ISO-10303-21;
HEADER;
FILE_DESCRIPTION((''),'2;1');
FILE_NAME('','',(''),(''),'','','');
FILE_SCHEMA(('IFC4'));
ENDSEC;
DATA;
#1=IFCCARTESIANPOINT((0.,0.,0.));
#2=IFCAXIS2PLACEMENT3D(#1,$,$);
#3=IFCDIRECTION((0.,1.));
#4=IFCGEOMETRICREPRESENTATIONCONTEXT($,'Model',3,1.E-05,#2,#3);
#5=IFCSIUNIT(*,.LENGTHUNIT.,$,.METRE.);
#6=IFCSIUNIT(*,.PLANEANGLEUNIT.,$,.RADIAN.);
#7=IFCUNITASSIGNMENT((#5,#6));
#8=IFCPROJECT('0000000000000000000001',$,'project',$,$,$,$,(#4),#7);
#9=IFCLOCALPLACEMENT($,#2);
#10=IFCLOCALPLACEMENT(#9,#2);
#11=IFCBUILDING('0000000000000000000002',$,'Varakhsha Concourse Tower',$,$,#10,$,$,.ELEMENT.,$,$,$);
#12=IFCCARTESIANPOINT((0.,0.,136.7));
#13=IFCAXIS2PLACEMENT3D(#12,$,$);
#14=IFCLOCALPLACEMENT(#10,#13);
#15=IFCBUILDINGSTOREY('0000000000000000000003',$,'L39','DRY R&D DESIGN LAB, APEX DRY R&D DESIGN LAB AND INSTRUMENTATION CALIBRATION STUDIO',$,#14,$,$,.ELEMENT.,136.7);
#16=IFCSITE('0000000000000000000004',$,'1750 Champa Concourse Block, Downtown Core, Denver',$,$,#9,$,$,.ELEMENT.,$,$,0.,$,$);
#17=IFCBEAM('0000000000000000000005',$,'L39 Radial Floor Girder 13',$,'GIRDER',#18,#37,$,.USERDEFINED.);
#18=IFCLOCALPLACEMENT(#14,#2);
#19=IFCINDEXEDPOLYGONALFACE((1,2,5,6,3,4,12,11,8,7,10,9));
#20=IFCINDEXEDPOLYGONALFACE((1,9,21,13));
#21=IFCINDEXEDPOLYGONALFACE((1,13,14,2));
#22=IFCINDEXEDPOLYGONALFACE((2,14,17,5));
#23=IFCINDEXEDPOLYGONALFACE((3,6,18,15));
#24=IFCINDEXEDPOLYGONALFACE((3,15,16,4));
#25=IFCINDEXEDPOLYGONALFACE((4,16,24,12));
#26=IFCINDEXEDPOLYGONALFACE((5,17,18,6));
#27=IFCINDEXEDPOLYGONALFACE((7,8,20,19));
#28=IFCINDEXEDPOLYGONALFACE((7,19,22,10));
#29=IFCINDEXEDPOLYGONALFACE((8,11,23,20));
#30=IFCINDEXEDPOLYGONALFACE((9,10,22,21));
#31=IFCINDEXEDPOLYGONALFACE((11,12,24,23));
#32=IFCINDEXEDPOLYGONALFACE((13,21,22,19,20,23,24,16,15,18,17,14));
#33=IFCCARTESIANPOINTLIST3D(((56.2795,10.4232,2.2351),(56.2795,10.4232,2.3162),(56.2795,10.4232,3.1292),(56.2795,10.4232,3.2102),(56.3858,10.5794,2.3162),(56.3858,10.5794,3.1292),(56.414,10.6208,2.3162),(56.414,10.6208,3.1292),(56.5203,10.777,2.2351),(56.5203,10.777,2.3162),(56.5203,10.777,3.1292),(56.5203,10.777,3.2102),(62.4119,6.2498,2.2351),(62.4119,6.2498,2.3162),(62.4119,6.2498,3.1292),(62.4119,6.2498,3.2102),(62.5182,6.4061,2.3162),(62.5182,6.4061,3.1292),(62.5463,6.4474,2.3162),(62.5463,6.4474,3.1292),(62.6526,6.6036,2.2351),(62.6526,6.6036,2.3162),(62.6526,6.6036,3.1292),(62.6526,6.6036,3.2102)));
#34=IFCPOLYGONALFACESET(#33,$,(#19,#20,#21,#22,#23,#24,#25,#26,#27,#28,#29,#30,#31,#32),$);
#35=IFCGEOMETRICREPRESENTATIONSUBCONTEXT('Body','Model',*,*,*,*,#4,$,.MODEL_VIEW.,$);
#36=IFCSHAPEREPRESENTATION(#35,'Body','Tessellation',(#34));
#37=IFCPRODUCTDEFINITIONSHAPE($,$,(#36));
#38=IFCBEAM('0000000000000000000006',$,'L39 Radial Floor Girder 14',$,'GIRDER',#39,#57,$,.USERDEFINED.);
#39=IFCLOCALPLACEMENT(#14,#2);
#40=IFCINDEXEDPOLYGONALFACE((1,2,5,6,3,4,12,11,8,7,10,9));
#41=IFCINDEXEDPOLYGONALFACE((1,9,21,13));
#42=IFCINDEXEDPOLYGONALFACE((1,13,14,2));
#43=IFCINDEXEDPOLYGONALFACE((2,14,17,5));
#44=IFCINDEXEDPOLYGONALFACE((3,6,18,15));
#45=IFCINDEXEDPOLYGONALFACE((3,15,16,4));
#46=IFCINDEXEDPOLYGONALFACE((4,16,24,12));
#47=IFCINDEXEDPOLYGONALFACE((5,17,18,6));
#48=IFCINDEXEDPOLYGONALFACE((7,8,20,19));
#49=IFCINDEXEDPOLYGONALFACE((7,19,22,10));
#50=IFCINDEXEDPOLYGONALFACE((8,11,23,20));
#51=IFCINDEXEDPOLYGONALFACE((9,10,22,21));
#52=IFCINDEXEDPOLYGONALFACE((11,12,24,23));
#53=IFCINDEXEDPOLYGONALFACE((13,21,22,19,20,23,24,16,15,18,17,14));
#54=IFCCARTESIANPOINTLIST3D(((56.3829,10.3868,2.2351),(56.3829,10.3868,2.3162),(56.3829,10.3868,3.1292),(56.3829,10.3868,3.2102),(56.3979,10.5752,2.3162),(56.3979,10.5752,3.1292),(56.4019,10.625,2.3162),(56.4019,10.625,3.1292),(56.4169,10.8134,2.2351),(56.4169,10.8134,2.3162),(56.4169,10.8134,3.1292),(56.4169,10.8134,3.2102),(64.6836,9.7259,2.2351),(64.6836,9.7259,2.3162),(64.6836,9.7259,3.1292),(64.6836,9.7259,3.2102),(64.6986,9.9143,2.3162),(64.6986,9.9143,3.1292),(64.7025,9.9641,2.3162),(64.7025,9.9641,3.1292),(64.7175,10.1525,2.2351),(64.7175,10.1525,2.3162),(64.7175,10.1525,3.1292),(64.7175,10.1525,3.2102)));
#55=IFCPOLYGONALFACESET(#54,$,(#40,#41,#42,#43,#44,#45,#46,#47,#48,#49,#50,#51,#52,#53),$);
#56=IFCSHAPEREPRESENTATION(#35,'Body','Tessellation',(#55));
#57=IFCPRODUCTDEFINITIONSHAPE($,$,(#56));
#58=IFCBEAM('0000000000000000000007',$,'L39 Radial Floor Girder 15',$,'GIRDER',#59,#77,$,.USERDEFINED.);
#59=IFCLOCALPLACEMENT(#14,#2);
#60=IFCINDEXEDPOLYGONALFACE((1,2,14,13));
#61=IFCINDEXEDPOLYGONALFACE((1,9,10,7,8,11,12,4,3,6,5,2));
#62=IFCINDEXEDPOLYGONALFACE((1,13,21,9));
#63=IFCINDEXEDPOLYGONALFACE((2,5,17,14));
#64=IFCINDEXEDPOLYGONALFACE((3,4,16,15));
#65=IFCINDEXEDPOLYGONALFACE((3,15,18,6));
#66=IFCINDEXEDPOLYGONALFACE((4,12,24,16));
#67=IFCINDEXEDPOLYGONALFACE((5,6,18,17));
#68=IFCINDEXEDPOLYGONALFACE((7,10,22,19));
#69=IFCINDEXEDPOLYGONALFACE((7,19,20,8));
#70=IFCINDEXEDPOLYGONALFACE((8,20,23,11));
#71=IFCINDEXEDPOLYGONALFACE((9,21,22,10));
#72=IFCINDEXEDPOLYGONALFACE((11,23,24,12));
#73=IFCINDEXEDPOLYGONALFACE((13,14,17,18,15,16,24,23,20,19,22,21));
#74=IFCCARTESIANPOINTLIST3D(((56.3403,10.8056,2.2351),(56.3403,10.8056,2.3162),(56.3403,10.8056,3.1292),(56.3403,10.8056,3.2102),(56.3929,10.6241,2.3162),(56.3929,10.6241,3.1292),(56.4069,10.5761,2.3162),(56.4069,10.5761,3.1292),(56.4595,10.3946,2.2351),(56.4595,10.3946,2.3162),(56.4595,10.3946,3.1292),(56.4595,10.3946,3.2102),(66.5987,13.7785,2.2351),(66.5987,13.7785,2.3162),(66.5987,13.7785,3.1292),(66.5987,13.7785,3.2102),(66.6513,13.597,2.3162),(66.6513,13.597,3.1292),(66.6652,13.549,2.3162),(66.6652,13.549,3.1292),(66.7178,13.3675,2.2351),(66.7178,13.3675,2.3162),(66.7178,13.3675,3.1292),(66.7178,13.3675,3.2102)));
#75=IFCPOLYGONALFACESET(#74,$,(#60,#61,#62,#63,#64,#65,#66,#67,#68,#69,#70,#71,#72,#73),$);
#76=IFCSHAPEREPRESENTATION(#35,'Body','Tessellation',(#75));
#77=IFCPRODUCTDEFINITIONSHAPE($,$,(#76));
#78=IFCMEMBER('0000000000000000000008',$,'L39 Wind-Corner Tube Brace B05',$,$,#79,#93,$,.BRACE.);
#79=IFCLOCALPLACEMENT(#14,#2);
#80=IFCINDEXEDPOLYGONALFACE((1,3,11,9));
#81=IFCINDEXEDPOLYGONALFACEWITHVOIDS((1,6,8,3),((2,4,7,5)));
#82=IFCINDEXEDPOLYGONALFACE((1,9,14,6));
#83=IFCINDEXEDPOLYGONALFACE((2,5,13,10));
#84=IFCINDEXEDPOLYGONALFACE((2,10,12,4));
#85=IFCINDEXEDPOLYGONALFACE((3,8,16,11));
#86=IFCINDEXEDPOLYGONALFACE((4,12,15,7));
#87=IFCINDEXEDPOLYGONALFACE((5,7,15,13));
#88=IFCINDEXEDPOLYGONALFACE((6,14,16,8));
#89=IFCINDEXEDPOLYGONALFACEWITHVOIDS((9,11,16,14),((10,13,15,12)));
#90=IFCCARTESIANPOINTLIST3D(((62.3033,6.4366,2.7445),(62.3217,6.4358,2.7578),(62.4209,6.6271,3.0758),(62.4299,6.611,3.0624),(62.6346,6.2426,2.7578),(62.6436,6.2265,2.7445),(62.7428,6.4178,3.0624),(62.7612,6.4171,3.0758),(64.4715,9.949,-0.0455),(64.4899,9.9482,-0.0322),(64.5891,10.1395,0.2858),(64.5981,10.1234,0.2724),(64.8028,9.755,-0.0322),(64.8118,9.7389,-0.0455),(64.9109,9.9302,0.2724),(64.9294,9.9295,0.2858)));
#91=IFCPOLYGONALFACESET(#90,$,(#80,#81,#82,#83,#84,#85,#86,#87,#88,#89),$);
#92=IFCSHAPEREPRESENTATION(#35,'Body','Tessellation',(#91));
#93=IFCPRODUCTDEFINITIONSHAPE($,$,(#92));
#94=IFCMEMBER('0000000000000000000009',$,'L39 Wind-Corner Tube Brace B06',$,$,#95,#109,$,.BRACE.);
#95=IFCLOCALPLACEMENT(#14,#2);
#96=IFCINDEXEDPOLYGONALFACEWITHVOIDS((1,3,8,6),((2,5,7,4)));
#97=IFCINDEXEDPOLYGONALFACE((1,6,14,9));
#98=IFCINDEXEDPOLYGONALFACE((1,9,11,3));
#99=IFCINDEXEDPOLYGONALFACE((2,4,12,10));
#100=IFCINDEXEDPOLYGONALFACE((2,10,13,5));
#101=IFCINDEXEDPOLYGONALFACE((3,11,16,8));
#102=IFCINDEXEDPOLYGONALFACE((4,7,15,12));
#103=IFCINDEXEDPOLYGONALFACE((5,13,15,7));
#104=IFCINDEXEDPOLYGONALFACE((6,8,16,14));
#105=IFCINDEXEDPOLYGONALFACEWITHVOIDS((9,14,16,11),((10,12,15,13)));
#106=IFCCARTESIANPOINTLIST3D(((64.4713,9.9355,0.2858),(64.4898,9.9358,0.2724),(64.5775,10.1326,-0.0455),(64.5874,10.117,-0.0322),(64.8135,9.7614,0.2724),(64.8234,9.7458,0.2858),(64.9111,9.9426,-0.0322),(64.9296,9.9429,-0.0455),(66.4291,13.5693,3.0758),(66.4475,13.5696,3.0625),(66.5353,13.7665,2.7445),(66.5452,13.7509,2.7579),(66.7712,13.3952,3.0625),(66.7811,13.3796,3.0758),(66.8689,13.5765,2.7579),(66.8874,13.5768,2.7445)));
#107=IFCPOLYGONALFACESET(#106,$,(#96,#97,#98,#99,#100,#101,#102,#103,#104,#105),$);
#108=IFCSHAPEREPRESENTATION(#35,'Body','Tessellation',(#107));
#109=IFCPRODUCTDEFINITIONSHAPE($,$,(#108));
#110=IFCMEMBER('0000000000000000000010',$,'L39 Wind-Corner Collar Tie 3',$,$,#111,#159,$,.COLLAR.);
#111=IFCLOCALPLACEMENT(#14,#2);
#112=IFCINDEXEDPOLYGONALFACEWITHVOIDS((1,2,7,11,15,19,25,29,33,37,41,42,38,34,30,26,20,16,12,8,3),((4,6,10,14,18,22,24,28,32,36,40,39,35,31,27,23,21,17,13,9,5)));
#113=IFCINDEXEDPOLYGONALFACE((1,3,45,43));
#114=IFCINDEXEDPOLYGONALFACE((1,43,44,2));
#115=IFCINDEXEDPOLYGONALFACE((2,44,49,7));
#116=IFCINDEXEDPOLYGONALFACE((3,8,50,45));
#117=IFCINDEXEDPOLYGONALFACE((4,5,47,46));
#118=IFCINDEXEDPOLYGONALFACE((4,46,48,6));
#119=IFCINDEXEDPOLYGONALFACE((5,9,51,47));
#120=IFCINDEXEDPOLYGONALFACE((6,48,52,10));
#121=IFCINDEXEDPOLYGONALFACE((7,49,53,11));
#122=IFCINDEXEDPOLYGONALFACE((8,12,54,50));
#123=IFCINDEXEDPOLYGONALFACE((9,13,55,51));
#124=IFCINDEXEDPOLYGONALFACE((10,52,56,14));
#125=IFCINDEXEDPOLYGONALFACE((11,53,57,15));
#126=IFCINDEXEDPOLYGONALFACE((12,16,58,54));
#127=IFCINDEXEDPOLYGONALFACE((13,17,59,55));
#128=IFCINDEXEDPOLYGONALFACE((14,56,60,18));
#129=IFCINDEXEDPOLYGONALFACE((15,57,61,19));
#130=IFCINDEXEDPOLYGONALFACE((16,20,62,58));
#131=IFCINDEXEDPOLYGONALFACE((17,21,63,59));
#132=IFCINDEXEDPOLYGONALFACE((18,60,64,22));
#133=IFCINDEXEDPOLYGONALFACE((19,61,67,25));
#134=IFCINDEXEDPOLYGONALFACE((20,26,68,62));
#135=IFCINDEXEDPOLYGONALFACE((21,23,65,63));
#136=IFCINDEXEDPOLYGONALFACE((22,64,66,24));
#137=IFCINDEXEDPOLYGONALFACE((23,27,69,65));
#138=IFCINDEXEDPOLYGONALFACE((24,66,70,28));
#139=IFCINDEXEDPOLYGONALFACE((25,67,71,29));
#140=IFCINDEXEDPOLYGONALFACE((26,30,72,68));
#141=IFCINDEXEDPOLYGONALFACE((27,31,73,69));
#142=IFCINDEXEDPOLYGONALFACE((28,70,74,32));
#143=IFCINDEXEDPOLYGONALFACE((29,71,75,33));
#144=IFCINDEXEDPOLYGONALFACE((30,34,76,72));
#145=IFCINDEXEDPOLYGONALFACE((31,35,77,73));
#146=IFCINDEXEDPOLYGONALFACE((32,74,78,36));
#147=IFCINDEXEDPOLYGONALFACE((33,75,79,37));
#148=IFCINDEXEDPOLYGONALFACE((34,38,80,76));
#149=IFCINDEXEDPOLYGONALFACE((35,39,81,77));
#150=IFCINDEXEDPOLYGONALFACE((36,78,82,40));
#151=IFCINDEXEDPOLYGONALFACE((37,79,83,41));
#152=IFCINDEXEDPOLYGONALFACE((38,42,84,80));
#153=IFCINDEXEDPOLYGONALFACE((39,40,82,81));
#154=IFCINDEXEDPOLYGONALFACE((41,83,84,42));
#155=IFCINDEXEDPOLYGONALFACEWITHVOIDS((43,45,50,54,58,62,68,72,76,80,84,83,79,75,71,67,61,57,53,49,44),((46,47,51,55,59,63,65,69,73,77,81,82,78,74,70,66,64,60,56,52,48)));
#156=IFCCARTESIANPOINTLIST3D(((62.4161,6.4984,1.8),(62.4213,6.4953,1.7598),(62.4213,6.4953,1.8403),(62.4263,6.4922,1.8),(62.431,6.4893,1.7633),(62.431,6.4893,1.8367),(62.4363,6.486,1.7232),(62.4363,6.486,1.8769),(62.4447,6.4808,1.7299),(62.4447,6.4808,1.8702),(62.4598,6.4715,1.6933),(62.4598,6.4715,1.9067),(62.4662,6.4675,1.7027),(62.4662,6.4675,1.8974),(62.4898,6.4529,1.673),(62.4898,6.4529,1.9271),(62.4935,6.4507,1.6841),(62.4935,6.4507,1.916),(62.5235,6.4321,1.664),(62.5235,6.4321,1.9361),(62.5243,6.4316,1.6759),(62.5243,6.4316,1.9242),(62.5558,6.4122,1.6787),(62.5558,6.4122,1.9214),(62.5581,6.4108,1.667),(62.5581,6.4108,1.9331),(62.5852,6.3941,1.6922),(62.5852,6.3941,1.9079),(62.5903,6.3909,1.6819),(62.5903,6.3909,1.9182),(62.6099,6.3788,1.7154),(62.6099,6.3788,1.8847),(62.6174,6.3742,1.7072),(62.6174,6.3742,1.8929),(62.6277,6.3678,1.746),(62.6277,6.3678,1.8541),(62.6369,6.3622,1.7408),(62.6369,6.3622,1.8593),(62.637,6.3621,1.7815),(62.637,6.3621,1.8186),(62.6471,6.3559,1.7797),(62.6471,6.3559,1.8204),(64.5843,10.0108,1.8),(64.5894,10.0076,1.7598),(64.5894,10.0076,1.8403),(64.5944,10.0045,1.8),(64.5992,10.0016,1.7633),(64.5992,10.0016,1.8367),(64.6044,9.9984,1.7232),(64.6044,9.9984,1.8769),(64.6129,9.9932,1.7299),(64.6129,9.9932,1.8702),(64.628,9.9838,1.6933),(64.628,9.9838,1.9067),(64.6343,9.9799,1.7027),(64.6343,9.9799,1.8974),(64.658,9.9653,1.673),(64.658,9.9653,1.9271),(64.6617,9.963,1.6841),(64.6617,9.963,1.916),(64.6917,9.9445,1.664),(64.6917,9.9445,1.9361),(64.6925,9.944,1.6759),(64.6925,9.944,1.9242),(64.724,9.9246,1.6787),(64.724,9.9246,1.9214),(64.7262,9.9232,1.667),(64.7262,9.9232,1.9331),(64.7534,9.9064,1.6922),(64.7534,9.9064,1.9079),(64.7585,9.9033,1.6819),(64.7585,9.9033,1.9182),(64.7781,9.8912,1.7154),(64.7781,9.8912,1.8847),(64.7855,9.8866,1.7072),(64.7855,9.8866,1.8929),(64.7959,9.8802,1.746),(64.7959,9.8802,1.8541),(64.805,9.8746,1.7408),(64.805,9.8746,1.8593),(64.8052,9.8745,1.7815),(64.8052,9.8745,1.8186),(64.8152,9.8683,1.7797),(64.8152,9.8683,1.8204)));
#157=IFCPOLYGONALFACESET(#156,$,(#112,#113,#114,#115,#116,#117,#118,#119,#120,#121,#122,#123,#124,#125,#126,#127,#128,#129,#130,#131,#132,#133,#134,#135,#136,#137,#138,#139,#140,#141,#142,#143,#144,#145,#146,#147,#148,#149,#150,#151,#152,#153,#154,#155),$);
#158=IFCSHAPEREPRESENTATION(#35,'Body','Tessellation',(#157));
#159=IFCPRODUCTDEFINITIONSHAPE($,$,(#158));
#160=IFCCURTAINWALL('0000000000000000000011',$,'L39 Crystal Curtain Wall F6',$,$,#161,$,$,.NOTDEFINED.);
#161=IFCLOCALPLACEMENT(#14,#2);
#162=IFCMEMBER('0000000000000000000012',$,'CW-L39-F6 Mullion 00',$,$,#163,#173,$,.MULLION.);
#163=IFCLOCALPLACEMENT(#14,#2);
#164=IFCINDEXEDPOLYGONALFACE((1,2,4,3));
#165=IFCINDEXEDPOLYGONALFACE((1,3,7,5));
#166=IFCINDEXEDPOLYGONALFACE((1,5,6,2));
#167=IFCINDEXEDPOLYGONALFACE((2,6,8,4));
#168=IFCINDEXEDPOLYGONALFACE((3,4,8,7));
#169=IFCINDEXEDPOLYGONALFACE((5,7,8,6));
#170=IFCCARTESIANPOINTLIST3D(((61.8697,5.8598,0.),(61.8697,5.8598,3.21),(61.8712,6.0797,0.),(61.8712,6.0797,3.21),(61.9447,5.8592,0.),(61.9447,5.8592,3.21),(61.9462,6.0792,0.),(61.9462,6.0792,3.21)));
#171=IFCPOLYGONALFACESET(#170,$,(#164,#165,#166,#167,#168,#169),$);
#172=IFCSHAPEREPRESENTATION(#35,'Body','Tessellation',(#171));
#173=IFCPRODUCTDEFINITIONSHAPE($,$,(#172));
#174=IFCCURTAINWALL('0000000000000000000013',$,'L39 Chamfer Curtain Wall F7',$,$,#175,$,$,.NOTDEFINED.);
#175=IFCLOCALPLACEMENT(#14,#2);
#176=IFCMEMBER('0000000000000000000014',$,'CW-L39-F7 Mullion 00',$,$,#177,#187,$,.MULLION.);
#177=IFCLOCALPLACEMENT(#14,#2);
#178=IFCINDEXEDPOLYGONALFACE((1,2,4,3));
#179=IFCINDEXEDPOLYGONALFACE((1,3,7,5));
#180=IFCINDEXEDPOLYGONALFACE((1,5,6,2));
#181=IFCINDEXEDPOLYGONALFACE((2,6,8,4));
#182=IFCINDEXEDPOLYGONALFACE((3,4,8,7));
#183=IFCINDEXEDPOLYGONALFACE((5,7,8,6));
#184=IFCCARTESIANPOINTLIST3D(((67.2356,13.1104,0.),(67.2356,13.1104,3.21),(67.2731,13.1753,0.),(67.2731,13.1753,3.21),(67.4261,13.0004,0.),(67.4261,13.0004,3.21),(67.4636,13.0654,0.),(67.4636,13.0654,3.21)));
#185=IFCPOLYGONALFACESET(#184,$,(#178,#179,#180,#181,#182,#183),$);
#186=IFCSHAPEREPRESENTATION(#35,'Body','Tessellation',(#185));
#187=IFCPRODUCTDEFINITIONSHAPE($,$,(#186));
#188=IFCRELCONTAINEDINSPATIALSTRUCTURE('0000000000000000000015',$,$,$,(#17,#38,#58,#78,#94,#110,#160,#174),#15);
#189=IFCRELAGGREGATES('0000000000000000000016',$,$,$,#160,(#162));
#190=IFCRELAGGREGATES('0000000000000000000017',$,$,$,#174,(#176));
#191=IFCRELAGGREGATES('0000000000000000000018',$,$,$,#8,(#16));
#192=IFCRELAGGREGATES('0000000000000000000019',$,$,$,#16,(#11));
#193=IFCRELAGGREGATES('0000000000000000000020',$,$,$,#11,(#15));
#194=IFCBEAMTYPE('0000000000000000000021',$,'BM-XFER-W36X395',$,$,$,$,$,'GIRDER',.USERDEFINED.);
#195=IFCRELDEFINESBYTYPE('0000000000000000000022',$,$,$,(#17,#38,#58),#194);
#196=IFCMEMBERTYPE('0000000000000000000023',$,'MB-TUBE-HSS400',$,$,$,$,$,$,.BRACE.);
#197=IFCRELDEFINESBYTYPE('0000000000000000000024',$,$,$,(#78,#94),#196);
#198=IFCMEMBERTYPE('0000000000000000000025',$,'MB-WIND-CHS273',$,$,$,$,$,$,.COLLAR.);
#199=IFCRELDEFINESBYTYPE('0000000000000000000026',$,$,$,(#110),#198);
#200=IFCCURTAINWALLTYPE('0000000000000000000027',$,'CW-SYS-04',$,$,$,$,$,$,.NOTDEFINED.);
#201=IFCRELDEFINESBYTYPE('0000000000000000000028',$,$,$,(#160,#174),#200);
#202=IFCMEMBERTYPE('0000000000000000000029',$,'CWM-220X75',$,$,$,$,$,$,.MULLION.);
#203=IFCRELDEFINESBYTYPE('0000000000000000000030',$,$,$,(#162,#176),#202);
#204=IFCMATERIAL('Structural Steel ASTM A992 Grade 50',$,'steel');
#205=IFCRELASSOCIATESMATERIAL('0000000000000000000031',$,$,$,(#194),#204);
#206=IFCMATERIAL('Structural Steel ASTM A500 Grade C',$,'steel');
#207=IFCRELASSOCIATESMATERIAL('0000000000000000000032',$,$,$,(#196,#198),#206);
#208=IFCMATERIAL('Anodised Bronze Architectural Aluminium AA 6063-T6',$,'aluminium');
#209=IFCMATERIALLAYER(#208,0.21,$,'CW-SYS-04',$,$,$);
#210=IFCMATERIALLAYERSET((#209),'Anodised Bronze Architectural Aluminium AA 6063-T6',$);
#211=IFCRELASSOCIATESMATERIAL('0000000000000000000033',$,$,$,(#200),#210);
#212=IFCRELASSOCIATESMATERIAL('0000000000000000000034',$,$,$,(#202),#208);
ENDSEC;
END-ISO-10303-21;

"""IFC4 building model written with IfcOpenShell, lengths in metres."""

from ifc_helpers import new_model, si_unit, direction, frame, origin, origin_2d, place, context, subcontext, project, spatial, rectangle, hollow_rectangle, hollow_circle, i_section, extrude, source, transform, mapped, material, layer, layer_set, material_profile, profile_set, type_object, type_shapes, element, aggregate, save


model = new_model("IFC4")

# Units and contexts
model_context = context("Model", 3, precision=1e-05, world=origin(), true_north=direction((0.0, 1.0)))
body_context = subcontext(model_context, "Body", "Model", "MODEL_VIEW")
ifc_project = project(units=[si_unit("LENGTHUNIT", "METRE"), si_unit("PLANEANGLEUNIT", "RADIAN")], contexts=[model_context])

# Site, building, storey
site_placement = place(None, origin())
site = spatial("IfcSite", under=ifc_project, at=site_placement, Name="1750 Champa Concourse Block, Downtown Core, Denver", CompositionType="ELEMENT", RefElevation=0.0)
building_placement = place(site_placement, origin())
building = spatial("IfcBuilding", under=site, at=building_placement, Name="Varakhsha Concourse Tower", CompositionType="ELEMENT")
storey_placement = place(building_placement, frame((0.0, 0.0, 136.7)))
storey = spatial("IfcBuildingStorey", under=building, at=storey_placement, Name="L39", Description="DRY R&D DESIGN LAB, APEX DRY R&D DESIGN LAB AND INSTRUMENTATION CALIBRATION STUDIO", CompositionType="ELEMENT", Elevation=136.7)

# Beams
ifc_material_1 = material(Name="Structural Steel ASTM A992 Grade 50", Category="steel")
ifc_material_profile_1 = material_profile(ifc_material_1, i_section(OverallWidth=0.428, OverallDepth=0.9751, WebThickness=0.05, FlangeThickness=0.0811, at=origin_2d()), Name="W36X395")
ifc_profile_set_1 = profile_set([ifc_material_profile_1], Name="Structural Steel ASTM A992 Grade 50")
beam_type_1 = type_object("IfcBeamType", Name="BM-XFER-W36X395", ElementType="GIRDER", PredefinedType="USERDEFINED", material=ifc_profile_set_1)
beam_1_placement = place(storey_placement, frame((56.3999, 10.6001, 2.7227), z_axis=(0.826716, -0.56262, 0.0), x_axis=(0.56262, 0.826716, 0.0)))
element("IfcBeam", 1, at=beam_1_placement, inside=storey, type_object=beam_type_1, Name="L39 Radial Floor Girder 13", ObjectType="GIRDER", PredefinedType="USERDEFINED", context=body_context, shape_type="SweptSolid", body=[
    extrude(i_section(OverallWidth=0.428, OverallDepth=0.9751, WebThickness=0.05, FlangeThickness=0.0811, at=origin_2d()), origin(), (0.0, 0.0, 1.0), 7.4177),
])
beam_2_placement = place(storey_placement, frame((56.3999, 10.6001, 2.7227), z_axis=(0.996845, -0.079369, 0.0), x_axis=(0.079369, 0.996845, 0.0)))
element("IfcBeam", 2, at=beam_2_placement, inside=storey, type_object=beam_type_1, Name="L39 Radial Floor Girder 14", ObjectType="GIRDER", PredefinedType="USERDEFINED", context=body_context, shape_type="SweptSolid", body=[
    extrude(i_section(OverallWidth=0.428, OverallDepth=0.9751, WebThickness=0.05, FlangeThickness=0.0811, at=origin_2d()), origin(), (0.0, 0.0, 1.0), 8.3269),
])
beam_3_placement = place(storey_placement, frame((56.3999, 10.6001, 2.7227), z_axis=(0.960479, 0.278351, 0.0), x_axis=(-0.278351, 0.960479, 0.0)))
element("IfcBeam", 3, at=beam_3_placement, inside=storey, type_object=beam_type_1, Name="L39 Radial Floor Girder 15", ObjectType="GIRDER", PredefinedType="USERDEFINED", context=body_context, shape_type="SweptSolid", body=[
    extrude(i_section(OverallWidth=0.428, OverallDepth=0.9751, WebThickness=0.05, FlangeThickness=0.0811, at=origin_2d()), origin(), (0.0, 0.0, 1.0), 10.6804),
])

# Members
ifc_material_2 = material(Name="Structural Steel ASTM A500 Grade C", Category="steel")
ifc_material_profile_2 = material_profile(ifc_material_2, hollow_rectangle(XDim=0.3999, YDim=0.3999, WallThickness=0.0161, at=origin_2d()), Name="HSS 400x400x16")
ifc_profile_set_2 = profile_set([ifc_material_profile_2], Name="Structural Steel ASTM A500 Grade C")
member_type_1 = type_object("IfcMemberType", Name="MB-TUBE-HSS400", PredefinedType="BRACE", material=ifc_profile_set_2)
shared_shape_1 = source(origin(), body_context, "Body", "SweptSolid", [
    extrude(hollow_rectangle(XDim=0.3999, YDim=0.3999, WallThickness=0.0161, at=origin_2d()), origin(), (0.0, 0.0, 1.0), 4.9822),
])
type_shapes(member_type_1, [shared_shape_1])
for number, where, z_axis, x_axis, name in (
    (4, (64.7004, 9.9392, 0.1201), (-0.435188, -0.704993, 0.559996), (0.850933, -0.525275, 0.0), "L39 Wind-Corner Tube Brace B05"),
    (5, (64.7004, 9.9392, 0.1201), (0.392957, 0.729365, 0.56001), (-0.880359, 0.474308, 0.0), "L39 Wind-Corner Tube Brace B06"),
):
    element("IfcMember", number, at=place(storey_placement, frame(where, z_axis=z_axis, x_axis=x_axis)), inside=storey, type_object=member_type_1, Name=name, PredefinedType="BRACE", context=body_context, shape_type="MappedRepresentation", body=[
        mapped(shared_shape_1, transform((0.0, 0.0, 0.0), scale=1.0)),
    ])
ifc_material_profile_3 = material_profile(ifc_material_2, hollow_circle(Radius=0.1365, WallThickness=0.012, at=origin_2d()), Name="CHS 273x12")
ifc_profile_set_3 = profile_set([ifc_material_profile_3], Name="Structural Steel ASTM A500 Grade C")
member_type_2 = type_object("IfcMemberType", Name="MB-WIND-CHS273", PredefinedType="COLLAR", material=ifc_profile_set_3)
shared_shape_2 = source(origin(), body_context, "Body", "SweptSolid", [
    extrude(hollow_circle(Radius=0.1365, WallThickness=0.012, at=origin_2d()), origin(), (0.0, 0.0, 1.0), 4.1277),
])
type_shapes(member_type_2, [shared_shape_2])
member_1_placement = place(storey_placement, frame((62.5322, 6.4268, 1.8), z_axis=(0.525275, 0.850933, 0.0), x_axis=(-0.850933, 0.525275, 0.0)))
element("IfcMember", 6, at=member_1_placement, inside=storey, type_object=member_type_2, Name="L39 Wind-Corner Collar Tie 3", PredefinedType="COLLAR", context=body_context, shape_type="MappedRepresentation", body=[
    mapped(shared_shape_2, transform((0.0, 0.0, 0.0), scale=1.0)),
])

# Curtain wall, member
ifc_material_3 = material(Name="Anodised Bronze Architectural Aluminium AA 6063-T6", Category="aluminium")
ifc_layer_1 = layer(ifc_material_3, 0.21, Name="CW-SYS-04")
ifc_layer_set_1 = layer_set([ifc_layer_1], Name="Anodised Bronze Architectural Aluminium AA 6063-T6")
curtain_wall_type = type_object("IfcCurtainWallType", Name="CW-SYS-04", PredefinedType="NOTDEFINED", material=ifc_layer_set_1)
curtain_wall_1_placement = place(storey_placement, origin())
curtain_wall_1 = element("IfcCurtainWall", 7, at=curtain_wall_1_placement, inside=storey, type_object=curtain_wall_type, Name="L39 Crystal Curtain Wall F6", PredefinedType="NOTDEFINED")
ifc_material_profile_4 = material_profile(ifc_material_3, rectangle(XDim=0.075, YDim=0.22, at=origin_2d()), Name="CWM-220X75")
ifc_profile_set_4 = profile_set([ifc_material_profile_4], Name="Anodised Bronze Architectural Aluminium AA 6063-T6")
member_type_3 = type_object("IfcMemberType", Name="CWM-220X75", PredefinedType="MULLION", material=ifc_profile_set_4)
shared_shape_3 = source(origin(), body_context, "Body", "SweptSolid", [
    extrude(rectangle(XDim=0.075, YDim=0.22, at=origin_2d()), origin(), (0.0, 0.0, 1.0), 3.21),
])
type_shapes(member_type_3, [shared_shape_3])
member_2_placement = place(storey_placement, frame((61.908, 5.9695, 0.0), z_axis=(0.0, 0.0, 1.0), x_axis=(-0.999977, 0.006786, 0.0)))
member_2 = element("IfcMember", 8, at=member_2_placement, type_object=member_type_3, Name="CW-L39-F6 Mullion 00", PredefinedType="MULLION", context=body_context, shape_type="MappedRepresentation", body=[
    mapped(shared_shape_3, transform((0.0, 0.0, 0.0), scale=1.0)),
])

# Curtain wall, member
curtain_wall_2_placement = place(storey_placement, origin())
curtain_wall_2 = element("IfcCurtainWall", 9, at=curtain_wall_2_placement, inside=storey, type_object=curtain_wall_type, Name="L39 Chamfer Curtain Wall F7", PredefinedType="NOTDEFINED")
member_3_placement = place(storey_placement, frame((67.3496, 13.0879, 0.0), z_axis=(0.0, 0.0, 1.0), x_axis=(-0.5, -0.866025, 0.0)))
member_3 = element("IfcMember", 10, at=member_3_placement, type_object=member_type_3, Name="CW-L39-F7 Mullion 00", PredefinedType="MULLION", context=body_context, shape_type="MappedRepresentation", body=[
    mapped(shared_shape_3, transform((0.0, 0.0, 0.0), scale=1.0)),
])

aggregate(curtain_wall_1, [member_2])
aggregate(curtain_wall_2, [member_3])

save(model, "model.ifc")
